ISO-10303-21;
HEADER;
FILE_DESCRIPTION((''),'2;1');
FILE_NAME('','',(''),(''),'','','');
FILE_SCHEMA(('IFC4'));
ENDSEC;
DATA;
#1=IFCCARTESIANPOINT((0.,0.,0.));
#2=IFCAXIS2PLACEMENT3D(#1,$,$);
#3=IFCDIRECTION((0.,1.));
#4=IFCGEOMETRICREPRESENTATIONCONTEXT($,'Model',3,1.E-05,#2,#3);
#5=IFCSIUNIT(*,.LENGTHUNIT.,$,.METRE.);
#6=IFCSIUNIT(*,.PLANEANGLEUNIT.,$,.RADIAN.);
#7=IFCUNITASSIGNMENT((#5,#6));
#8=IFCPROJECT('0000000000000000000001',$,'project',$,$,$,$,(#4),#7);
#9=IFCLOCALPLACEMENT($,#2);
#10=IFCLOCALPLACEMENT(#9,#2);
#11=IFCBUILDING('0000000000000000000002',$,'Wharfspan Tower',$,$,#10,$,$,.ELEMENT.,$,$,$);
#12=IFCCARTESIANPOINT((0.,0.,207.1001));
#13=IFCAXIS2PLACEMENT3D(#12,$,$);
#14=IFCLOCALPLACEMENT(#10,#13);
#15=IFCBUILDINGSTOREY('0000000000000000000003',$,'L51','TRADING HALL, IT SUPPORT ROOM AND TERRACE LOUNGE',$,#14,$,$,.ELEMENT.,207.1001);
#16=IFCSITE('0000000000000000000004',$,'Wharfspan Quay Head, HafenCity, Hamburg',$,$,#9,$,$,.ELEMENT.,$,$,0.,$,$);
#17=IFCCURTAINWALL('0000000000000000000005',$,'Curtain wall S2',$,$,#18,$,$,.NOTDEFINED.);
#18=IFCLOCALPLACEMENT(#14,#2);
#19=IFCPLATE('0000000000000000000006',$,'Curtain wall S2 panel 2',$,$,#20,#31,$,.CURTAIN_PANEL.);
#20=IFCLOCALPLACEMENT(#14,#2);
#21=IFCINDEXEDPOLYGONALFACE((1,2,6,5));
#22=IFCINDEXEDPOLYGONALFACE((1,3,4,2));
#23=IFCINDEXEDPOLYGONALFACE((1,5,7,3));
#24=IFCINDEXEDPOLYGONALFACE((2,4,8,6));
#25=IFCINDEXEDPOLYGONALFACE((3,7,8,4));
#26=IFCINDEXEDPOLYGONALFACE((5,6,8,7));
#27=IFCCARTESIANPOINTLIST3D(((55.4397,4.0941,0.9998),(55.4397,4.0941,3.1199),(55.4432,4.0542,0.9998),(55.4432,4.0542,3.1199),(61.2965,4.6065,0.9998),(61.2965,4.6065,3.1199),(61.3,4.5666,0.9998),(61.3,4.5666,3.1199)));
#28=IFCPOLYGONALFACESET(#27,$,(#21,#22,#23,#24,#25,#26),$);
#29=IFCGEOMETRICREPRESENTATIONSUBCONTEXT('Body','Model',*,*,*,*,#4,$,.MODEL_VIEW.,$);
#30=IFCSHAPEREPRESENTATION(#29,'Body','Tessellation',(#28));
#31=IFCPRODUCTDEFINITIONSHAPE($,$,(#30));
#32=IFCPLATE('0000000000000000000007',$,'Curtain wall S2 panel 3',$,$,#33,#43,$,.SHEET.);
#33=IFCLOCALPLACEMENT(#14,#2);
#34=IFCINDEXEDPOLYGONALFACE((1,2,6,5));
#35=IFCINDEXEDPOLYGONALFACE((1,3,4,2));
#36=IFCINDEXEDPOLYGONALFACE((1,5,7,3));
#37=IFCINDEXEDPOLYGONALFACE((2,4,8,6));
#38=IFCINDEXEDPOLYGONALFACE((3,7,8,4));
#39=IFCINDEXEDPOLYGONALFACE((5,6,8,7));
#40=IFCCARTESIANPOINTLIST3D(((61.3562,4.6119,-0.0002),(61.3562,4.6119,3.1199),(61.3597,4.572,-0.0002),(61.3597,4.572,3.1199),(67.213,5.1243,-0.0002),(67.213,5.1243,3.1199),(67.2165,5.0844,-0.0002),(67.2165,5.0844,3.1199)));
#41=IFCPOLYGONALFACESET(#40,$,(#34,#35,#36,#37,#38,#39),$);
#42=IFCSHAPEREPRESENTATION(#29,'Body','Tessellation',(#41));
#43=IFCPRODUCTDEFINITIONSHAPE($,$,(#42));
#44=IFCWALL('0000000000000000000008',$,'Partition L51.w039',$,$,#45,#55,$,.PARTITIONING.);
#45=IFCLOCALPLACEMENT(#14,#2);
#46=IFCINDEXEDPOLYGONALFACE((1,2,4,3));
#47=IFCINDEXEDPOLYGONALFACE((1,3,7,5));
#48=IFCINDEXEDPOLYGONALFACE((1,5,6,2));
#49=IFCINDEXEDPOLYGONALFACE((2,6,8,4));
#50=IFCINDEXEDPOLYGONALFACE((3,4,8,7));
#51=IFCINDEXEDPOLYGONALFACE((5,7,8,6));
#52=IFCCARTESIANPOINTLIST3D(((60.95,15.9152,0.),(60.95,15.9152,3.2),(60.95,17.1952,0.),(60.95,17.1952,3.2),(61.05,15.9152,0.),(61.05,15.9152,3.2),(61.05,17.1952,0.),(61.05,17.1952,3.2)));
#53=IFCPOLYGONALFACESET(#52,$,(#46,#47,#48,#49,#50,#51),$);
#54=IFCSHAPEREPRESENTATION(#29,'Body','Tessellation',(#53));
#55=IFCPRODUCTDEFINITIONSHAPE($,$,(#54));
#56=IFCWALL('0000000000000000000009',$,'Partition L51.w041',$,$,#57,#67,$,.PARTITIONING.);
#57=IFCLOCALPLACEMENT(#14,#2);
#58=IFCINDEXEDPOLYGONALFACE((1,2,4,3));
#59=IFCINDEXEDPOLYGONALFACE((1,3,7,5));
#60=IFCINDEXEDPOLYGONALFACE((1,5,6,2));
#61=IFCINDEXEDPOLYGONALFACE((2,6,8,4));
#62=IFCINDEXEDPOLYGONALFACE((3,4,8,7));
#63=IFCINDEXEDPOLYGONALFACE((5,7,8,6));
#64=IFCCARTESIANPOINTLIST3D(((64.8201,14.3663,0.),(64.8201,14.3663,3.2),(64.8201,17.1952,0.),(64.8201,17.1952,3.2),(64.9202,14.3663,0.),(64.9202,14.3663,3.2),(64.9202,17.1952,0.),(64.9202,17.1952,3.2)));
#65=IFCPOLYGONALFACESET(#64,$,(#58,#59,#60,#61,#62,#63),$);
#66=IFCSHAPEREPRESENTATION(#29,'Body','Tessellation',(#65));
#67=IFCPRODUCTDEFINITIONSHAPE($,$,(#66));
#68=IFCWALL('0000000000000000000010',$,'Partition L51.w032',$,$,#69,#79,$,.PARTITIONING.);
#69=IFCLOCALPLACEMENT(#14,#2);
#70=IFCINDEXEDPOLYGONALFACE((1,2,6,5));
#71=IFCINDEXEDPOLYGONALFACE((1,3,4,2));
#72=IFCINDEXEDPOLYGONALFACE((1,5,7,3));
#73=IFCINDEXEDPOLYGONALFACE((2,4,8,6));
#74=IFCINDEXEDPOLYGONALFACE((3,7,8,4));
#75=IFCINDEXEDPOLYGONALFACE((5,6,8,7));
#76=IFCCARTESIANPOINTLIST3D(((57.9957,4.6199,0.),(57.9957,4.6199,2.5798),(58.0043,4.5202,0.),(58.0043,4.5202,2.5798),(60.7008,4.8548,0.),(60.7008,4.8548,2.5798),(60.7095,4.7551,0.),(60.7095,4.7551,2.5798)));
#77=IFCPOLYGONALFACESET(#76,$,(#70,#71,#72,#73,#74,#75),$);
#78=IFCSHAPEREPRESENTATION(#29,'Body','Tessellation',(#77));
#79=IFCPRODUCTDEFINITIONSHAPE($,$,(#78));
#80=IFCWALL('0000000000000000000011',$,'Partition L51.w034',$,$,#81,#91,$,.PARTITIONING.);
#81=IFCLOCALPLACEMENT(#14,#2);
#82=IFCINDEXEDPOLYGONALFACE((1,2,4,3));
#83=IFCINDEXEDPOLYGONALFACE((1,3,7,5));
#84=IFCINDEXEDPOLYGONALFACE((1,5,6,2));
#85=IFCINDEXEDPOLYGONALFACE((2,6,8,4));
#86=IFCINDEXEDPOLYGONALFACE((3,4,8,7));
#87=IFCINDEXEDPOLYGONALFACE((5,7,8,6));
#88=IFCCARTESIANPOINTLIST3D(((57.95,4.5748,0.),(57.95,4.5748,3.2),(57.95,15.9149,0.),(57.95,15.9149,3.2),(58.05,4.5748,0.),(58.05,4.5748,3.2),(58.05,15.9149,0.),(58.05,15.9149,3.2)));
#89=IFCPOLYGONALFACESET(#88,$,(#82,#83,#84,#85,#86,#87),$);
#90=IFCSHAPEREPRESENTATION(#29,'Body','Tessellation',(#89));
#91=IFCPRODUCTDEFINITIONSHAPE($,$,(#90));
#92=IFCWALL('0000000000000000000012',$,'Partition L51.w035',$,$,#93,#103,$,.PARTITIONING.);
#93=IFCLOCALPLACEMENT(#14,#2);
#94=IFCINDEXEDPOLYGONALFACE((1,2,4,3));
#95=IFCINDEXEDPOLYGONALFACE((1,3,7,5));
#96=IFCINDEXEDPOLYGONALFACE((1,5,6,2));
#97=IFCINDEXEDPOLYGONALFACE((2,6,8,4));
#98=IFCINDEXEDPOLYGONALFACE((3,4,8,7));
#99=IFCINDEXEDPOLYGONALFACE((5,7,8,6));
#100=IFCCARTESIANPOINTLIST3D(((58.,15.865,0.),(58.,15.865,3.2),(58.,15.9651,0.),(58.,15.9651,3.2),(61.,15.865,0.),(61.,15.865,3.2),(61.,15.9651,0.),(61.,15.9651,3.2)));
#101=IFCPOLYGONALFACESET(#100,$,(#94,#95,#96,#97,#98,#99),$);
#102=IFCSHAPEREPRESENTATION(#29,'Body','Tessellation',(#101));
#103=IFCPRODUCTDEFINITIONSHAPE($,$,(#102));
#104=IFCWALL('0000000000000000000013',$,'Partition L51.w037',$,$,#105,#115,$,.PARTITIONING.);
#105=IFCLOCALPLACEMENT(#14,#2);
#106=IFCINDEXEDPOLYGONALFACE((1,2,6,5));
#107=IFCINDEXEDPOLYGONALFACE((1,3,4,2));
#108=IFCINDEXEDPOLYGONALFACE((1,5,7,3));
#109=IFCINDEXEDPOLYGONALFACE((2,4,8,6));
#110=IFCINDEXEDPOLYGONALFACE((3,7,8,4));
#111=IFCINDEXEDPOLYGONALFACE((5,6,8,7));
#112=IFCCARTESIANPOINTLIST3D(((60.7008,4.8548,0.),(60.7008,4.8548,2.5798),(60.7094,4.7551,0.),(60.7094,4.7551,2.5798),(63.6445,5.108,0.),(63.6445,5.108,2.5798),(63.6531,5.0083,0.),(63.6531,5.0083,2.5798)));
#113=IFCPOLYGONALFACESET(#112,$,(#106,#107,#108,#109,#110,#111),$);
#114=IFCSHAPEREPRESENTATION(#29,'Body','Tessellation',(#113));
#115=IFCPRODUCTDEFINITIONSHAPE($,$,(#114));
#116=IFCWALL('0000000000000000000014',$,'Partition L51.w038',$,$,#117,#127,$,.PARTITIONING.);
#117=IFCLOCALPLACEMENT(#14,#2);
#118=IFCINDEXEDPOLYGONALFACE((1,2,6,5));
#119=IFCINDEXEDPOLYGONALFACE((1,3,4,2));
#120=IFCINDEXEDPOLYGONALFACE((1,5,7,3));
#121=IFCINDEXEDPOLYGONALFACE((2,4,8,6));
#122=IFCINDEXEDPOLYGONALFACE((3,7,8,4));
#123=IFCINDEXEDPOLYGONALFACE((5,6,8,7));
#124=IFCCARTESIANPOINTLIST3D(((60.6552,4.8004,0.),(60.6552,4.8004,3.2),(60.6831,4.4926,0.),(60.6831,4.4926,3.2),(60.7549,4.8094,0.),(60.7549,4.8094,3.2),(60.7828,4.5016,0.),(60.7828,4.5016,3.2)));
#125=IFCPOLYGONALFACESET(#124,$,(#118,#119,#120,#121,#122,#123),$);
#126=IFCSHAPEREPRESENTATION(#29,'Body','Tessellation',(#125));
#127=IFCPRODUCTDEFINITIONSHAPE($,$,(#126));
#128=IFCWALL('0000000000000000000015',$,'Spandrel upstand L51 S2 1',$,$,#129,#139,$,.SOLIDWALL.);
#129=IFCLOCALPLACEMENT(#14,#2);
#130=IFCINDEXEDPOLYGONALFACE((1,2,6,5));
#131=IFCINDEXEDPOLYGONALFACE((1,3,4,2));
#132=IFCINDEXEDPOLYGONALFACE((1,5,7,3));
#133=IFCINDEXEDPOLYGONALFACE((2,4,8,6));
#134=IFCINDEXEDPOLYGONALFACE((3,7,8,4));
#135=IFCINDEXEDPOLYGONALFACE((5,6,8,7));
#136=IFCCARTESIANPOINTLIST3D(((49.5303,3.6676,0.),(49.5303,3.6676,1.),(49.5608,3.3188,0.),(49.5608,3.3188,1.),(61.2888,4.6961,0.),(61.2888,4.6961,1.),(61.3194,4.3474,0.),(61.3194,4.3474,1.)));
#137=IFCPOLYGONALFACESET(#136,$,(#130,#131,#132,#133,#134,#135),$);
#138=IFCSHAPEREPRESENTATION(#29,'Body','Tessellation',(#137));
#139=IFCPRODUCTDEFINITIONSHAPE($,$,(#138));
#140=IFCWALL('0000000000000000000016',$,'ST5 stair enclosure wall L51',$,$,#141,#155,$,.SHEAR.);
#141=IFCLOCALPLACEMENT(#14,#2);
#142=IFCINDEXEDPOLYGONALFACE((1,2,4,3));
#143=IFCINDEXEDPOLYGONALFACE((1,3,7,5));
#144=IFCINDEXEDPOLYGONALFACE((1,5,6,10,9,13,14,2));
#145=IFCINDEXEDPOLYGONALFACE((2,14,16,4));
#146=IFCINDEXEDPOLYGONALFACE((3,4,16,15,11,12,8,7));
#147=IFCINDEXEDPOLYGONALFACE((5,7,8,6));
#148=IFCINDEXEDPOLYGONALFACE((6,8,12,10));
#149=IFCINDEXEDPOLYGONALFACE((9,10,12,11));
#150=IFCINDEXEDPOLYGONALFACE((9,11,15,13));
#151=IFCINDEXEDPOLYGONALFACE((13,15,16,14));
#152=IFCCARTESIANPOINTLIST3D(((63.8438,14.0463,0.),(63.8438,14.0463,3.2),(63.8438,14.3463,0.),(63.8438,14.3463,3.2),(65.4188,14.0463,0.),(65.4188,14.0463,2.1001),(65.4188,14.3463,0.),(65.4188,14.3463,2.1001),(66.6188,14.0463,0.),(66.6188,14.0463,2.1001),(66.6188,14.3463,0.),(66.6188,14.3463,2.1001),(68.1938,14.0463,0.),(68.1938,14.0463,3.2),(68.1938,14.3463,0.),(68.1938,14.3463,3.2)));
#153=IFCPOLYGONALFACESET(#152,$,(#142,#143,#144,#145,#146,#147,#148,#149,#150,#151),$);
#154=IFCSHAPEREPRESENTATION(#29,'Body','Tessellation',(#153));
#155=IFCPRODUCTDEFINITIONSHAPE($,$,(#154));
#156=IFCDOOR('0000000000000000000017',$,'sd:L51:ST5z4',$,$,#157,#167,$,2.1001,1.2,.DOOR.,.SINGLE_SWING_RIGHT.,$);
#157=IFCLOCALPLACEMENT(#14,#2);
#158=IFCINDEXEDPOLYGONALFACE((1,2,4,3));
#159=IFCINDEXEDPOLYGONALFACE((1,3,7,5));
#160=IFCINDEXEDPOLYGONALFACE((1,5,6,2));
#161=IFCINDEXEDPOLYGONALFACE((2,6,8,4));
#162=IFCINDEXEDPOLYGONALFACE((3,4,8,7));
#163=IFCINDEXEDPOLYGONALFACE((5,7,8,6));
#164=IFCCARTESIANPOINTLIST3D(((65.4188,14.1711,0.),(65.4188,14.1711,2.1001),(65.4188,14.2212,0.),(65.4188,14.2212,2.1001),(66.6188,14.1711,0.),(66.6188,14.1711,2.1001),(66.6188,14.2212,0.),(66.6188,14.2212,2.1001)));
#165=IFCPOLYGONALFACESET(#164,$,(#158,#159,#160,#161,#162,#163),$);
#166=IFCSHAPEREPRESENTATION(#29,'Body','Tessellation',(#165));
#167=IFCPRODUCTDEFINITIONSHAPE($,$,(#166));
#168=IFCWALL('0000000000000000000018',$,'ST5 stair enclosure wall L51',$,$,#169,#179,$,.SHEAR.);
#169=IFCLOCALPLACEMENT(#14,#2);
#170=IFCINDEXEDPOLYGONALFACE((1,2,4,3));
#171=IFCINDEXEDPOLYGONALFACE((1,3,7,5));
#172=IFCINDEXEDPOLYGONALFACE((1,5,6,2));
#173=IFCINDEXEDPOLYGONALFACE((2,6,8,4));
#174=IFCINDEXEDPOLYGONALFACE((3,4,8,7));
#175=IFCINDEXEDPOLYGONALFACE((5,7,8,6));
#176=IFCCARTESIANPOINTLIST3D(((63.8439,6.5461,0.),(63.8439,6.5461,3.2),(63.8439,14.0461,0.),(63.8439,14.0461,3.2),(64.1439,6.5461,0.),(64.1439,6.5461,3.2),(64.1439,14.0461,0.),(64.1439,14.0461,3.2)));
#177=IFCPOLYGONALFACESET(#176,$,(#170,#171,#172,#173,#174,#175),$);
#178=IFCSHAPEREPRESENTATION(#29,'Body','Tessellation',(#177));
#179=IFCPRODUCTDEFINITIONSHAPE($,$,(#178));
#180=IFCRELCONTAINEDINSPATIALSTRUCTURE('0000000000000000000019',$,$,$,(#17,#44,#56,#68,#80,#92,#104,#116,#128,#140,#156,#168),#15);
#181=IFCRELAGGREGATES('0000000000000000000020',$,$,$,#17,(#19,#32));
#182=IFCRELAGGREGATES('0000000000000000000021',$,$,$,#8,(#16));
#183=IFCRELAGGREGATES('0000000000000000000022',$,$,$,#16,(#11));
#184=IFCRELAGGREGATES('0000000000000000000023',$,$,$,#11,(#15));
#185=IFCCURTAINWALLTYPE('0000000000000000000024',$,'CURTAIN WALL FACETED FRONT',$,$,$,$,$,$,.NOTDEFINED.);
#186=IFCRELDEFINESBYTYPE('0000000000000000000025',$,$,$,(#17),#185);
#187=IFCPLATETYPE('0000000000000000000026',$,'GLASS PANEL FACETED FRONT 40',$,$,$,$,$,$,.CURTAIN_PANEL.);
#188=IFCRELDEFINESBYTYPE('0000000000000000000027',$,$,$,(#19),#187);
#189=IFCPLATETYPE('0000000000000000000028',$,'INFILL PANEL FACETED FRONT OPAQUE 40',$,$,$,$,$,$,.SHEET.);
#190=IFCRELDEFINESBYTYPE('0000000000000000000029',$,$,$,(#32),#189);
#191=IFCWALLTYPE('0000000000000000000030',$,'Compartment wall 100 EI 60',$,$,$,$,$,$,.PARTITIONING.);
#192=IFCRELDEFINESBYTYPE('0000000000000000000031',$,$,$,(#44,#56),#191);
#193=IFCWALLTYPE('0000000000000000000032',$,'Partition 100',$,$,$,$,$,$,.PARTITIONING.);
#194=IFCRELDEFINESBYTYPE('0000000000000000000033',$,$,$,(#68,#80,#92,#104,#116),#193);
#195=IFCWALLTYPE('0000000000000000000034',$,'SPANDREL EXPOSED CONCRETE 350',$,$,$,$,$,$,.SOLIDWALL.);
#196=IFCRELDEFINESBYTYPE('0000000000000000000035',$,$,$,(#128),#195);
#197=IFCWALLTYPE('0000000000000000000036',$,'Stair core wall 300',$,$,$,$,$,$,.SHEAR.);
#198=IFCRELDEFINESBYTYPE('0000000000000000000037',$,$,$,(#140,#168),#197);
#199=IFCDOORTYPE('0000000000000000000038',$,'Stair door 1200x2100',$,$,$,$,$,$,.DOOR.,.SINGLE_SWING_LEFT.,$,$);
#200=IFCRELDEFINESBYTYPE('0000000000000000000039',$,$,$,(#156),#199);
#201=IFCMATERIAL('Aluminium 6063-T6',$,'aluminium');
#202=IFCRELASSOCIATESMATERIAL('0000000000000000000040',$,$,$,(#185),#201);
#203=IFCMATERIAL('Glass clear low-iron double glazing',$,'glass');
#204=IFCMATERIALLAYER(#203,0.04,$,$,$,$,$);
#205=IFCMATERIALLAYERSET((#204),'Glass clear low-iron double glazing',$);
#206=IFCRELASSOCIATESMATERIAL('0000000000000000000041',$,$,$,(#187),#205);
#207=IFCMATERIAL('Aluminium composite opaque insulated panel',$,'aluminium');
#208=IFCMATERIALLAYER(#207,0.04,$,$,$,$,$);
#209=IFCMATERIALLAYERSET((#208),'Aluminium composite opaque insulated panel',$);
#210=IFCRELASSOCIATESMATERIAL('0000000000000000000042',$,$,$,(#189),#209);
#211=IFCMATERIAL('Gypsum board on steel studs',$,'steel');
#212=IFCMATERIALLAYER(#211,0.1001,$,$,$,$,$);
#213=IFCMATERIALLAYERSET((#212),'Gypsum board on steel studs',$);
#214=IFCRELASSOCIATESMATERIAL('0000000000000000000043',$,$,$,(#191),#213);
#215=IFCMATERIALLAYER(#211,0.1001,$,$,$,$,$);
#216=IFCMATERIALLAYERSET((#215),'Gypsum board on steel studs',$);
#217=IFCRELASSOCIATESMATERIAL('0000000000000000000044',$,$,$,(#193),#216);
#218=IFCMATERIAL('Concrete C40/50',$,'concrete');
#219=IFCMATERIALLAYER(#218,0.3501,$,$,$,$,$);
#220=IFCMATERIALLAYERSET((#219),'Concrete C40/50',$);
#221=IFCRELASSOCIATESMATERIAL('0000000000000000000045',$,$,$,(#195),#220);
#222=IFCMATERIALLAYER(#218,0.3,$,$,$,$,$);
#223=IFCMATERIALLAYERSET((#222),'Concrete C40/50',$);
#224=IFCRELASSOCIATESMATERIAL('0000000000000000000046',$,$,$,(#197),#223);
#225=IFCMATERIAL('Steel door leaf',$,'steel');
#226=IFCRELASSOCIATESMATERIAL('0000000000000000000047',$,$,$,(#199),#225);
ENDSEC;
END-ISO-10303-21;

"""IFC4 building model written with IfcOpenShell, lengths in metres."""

from ifc_helpers import new_model, si_unit, direction, frame, frame_2d, origin, origin_2d, place, context, subcontext, project, spatial, rectangle, extrude, material, layer, layer_set, type_object, element, fill, aggregate, save


model = new_model("IFC4")

# Units and contexts
model_context = context("Model", 3, precision=1e-05, world=origin(), true_north=direction((0.0, 1.0)))
body_context = subcontext(model_context, "Body", "Model", "MODEL_VIEW")
ifc_project = project(units=[si_unit("LENGTHUNIT", "METRE"), si_unit("PLANEANGLEUNIT", "RADIAN")], contexts=[model_context])

# Site, building, storey
site_placement = place(None, origin())
site = spatial("IfcSite", under=ifc_project, at=site_placement, Name="Wharfspan Quay Head, HafenCity, Hamburg", CompositionType="ELEMENT", RefElevation=0.0)
building_placement = place(site_placement, origin())
building = spatial("IfcBuilding", under=site, at=building_placement, Name="Wharfspan Tower", CompositionType="ELEMENT")
storey_placement = place(building_placement, frame((0.0, 0.0, 207.1001)))
storey = spatial("IfcBuildingStorey", under=building, at=storey_placement, Name="L51", Description="TRADING HALL, IT SUPPORT ROOM AND TERRACE LOUNGE", CompositionType="ELEMENT", Elevation=207.1001)

# Curtain wall, plates
ifc_material_1 = material(Name="Aluminium 6063-T6", Category="aluminium")
curtain_wall_type = type_object("IfcCurtainWallType", Name="CURTAIN WALL FACETED FRONT", PredefinedType="NOTDEFINED", material=ifc_material_1)
curtain_wall_placement = place(storey_placement, origin())
curtain_wall = element("IfcCurtainWall", 1, at=curtain_wall_placement, inside=storey, type_object=curtain_wall_type, Name="Curtain wall S2", PredefinedType="NOTDEFINED")
ifc_material_2 = material(Name="Glass clear low-iron double glazing", Category="glass")
ifc_layer_1 = layer(ifc_material_2, 0.04)
ifc_layer_set_1 = layer_set([ifc_layer_1], Name="Glass clear low-iron double glazing")
plate_type_1 = type_object("IfcPlateType", Name="GLASS PANEL FACETED FRONT 40", PredefinedType="CURTAIN_PANEL", material=ifc_layer_set_1)
plate_1_placement = place(storey_placement, frame((58.3699, 4.3303, 0.9998), z_axis=(0.0, 0.0, 1.0), x_axis=(0.996197, 0.087156, 0.0)))
plate_1 = element("IfcPlate", 2, at=plate_1_placement, type_object=plate_type_1, Name="Curtain wall S2 panel 2", PredefinedType="CURTAIN_PANEL", context=body_context, shape_type="SweptSolid", body=[
    extrude(rectangle(XDim=5.8792, YDim=0.04, at=origin_2d()), origin(), (0.0, 0.0, 1.0), 2.1201),
])
ifc_material_3 = material(Name="Aluminium composite opaque insulated panel", Category="aluminium")
ifc_layer_2 = layer(ifc_material_3, 0.04)
ifc_layer_set_2 = layer_set([ifc_layer_2], Name="Aluminium composite opaque insulated panel")
plate_type_2 = type_object("IfcPlateType", Name="INFILL PANEL FACETED FRONT OPAQUE 40", PredefinedType="SHEET", material=ifc_layer_set_2)
plate_2_placement = place(storey_placement, frame((64.2864, 4.8481, -0.0002), z_axis=(0.0, 0.0, 1.0), x_axis=(0.996197, 0.087156, 0.0)))
plate_2 = element("IfcPlate", 3, at=plate_2_placement, type_object=plate_type_2, Name="Curtain wall S2 panel 3", PredefinedType="SHEET", context=body_context, shape_type="SweptSolid", body=[
    extrude(rectangle(XDim=5.8792, YDim=0.04, at=origin_2d()), origin(), (0.0, 0.0, 1.0), 3.1201),
])
aggregate(curtain_wall, [plate_1, plate_2])

# Walls
ifc_material_4 = material(Name="Gypsum board on steel studs", Category="steel")
ifc_layer_3 = layer(ifc_material_4, 0.1001)
ifc_layer_set_3 = layer_set([ifc_layer_3], Name="Gypsum board on steel studs")
wall_type_1 = type_object("IfcWallType", Name="Compartment wall 100 EI 60", PredefinedType="PARTITIONING", material=ifc_layer_set_3)
wall_1_placement = place(storey_placement, frame((61.0, 15.915, 0.0), z_axis=(0.0, 0.0, 1.0), x_axis=(0.0, 1.0, 0.0)))
element("IfcWall", 4, at=wall_1_placement, inside=storey, type_object=wall_type_1, Name="Partition L51.w039", PredefinedType="PARTITIONING", context=body_context, shape_type="SweptSolid", body=[
    extrude(rectangle(XDim=1.28, YDim=0.1001, at=frame_2d((0.6401, 0.0))), origin(), (0.0, 0.0, 1.0), 3.2),
])
wall_2_placement = place(storey_placement, frame((64.8701, 14.3662, 0.0), z_axis=(0.0, 0.0, 1.0), x_axis=(0.0, 1.0, 0.0)))
element("IfcWall", 5, at=wall_2_placement, inside=storey, type_object=wall_type_1, Name="Partition L51.w041", PredefinedType="PARTITIONING", context=body_context, shape_type="SweptSolid", body=[
    extrude(rectangle(XDim=2.8289, YDim=0.1001, at=frame_2d((1.4146, 0.0))), origin(), (0.0, 0.0, 1.0), 3.2),
])
ifc_layer_4 = layer(ifc_material_4, 0.1001)
ifc_layer_set_4 = layer_set([ifc_layer_4], Name="Gypsum board on steel studs")
wall_type_2 = type_object("IfcWallType", Name="Partition 100", PredefinedType="PARTITIONING", material=ifc_layer_set_4)
wall_3_placement = place(storey_placement, frame((58.0, 4.5701, 0.0), z_axis=(0.0, 0.0, 1.0), x_axis=(0.996256, 0.086498, 0.0)))
element("IfcWall", 6, at=wall_3_placement, inside=storey, type_object=wall_type_2, Name="Partition L51.w032", PredefinedType="PARTITIONING", context=body_context, shape_type="SweptSolid", body=[
    extrude(rectangle(XDim=2.7153, YDim=0.1001, at=frame_2d((1.3577, 0.0))), origin(), (0.0, 0.0, 1.0), 2.5798),
])
wall_4_placement = place(storey_placement, frame((58.0, 4.575, 0.0), z_axis=(0.0, 0.0, 1.0), x_axis=(0.0, 1.0, 0.0)))
element("IfcWall", 7, at=wall_4_placement, inside=storey, type_object=wall_type_2, Name="Partition L51.w034", PredefinedType="PARTITIONING", context=body_context, shape_type="SweptSolid", body=[
    extrude(rectangle(XDim=11.3401, YDim=0.1001, at=frame_2d((5.6699, 0.0))), origin(), (0.0, 0.0, 1.0), 3.2),
])
wall_5_placement = place(storey_placement, frame((58.0, 15.915, 0.0), z_axis=(0.0, 0.0, 1.0), x_axis=(1.0, 0.0, 0.0)))
element("IfcWall", 8, at=wall_5_placement, inside=storey, type_object=wall_type_2, Name="Partition L51.w035", PredefinedType="PARTITIONING", context=body_context, shape_type="SweptSolid", body=[
    extrude(rectangle(XDim=3.0, YDim=0.1001, at=frame_2d((1.5, 0.0))), origin(), (0.0, 0.0, 1.0), 3.2),
])
wall_6_placement = place(storey_placement, frame((60.7051, 4.8049, 0.0), z_axis=(0.0, 0.0, 1.0), x_axis=(0.996324, 0.085692, 0.0)))
element("IfcWall", 9, at=wall_6_placement, inside=storey, type_object=wall_type_2, Name="Partition L51.w037", PredefinedType="PARTITIONING", context=body_context, shape_type="SweptSolid", body=[
    extrude(rectangle(XDim=2.9546, YDim=0.1001, at=frame_2d((1.4773, 0.0))), origin(), (0.0, 0.0, 1.0), 2.5798),
])
wall_7_placement = place(storey_placement, frame((60.7329, 4.4971, 0.0), z_axis=(0.0, 0.0, 1.0), x_axis=(-0.090037, 0.995936, 0.0)))
element("IfcWall", 10, at=wall_7_placement, inside=storey, type_object=wall_type_2, Name="Partition L51.w038", PredefinedType="PARTITIONING", context=body_context, shape_type="SweptSolid", body=[
    extrude(rectangle(XDim=0.3091, YDim=0.1001, at=frame_2d((0.1545, 0.0))), origin(), (0.0, 0.0, 1.0), 3.2),
])
ifc_material_5 = material(Name="Concrete C40/50", Category="concrete")
ifc_layer_5 = layer(ifc_material_5, 0.3501)
ifc_layer_set_5 = layer_set([ifc_layer_5], Name="Concrete C40/50")
wall_type_3 = type_object("IfcWallType", Name="SPANDREL EXPOSED CONCRETE 350", PredefinedType="SOLIDWALL", material=ifc_layer_set_5)
wall_8_placement = place(storey_placement, frame((49.5454, 3.4932, 0.0), z_axis=(0.0, 0.0, 1.0), x_axis=(0.996196, 0.087141, 0.0)))
element("IfcWall", 11, at=wall_8_placement, inside=storey, type_object=wall_type_3, Name="Spandrel upstand L51 S2 1", PredefinedType="SOLIDWALL", context=body_context, shape_type="SweptSolid", body=[
    extrude(rectangle(XDim=11.8035, YDim=0.3501, at=frame_2d((5.9019, 0.0))), origin(), (0.0, 0.0, 1.0), 1.0),
])

# Wall, opening, door
ifc_layer_6 = layer(ifc_material_5, 0.3)
ifc_layer_set_6 = layer_set([ifc_layer_6], Name="Concrete C40/50")
wall_type_4 = type_object("IfcWallType", Name="Stair core wall 300", PredefinedType="SHEAR", material=ifc_layer_set_6)
wall_9_placement = place(storey_placement, frame((63.8438, 14.1963, 0.0), z_axis=(0.0, 0.0, 1.0), x_axis=(1.0, 0.0, 0.0)))
wall_9 = element("IfcWall", 12, at=wall_9_placement, inside=storey, type_object=wall_type_4, Name="ST5 stair enclosure wall L51", PredefinedType="SHEAR", context=body_context, shape_type="SweptSolid", body=[
    extrude(rectangle(XDim=4.3501, YDim=0.3, at=frame_2d((2.175, 0.0))), origin(), (0.0, 0.0, 1.0), 3.2),
])
opening_placement = place(wall_9_placement, frame((1.575, 0.0, 0.0)))
opening = element("IfcOpeningElement", 13, at=opening_placement, cuts=wall_9, PredefinedType="OPENING", context=body_context, shape_type="SweptSolid", body=[
    extrude(rectangle(XDim=1.2, YDim=2.1001, at=frame_2d((0.6001, 1.05))), frame((0.0, 0.1599, 0.0), z_axis=(0.0, -1.0, 0.0), x_axis=(1.0, 0.0, 0.0)), (0.0, 0.0, 1.0), 0.3201),
])
ifc_material_6 = material(Name="Steel door leaf", Category="steel")
door_type = type_object("IfcDoorType", Name="Stair door 1200x2100", OperationType="SINGLE_SWING_LEFT", PredefinedType="DOOR", material=ifc_material_6)
door_placement = place(opening_placement, origin())
door = element("IfcDoor", 14, at=door_placement, inside=storey, type_object=door_type, Name="sd:L51:ST5z4", OperationType="SINGLE_SWING_RIGHT", OverallHeight=2.1001, OverallWidth=1.2, PredefinedType="DOOR", context=body_context, shape_type="SweptSolid", body=[
    extrude(rectangle(XDim=1.2, YDim=2.1001, at=frame_2d((0.6001, 1.05))), frame((0.0, 0.0249, 0.0), z_axis=(0.0, -1.0, 0.0), x_axis=(1.0, 0.0, 0.0)), (0.0, 0.0, 1.0), 0.05),
])
fill(opening, door)

# Wall
wall_10_placement = place(storey_placement, frame((63.9939, 6.5461, 0.0), z_axis=(0.0, 0.0, 1.0), x_axis=(0.0, 1.0, 0.0)))
element("IfcWall", 15, at=wall_10_placement, inside=storey, type_object=wall_type_4, Name="ST5 stair enclosure wall L51", PredefinedType="SHEAR", context=body_context, shape_type="SweptSolid", body=[
    extrude(rectangle(XDim=7.5, YDim=0.3, at=frame_2d((3.75, 0.0))), origin(), (0.0, 0.0, 1.0), 3.2),
])

save(model, "model.ifc")
